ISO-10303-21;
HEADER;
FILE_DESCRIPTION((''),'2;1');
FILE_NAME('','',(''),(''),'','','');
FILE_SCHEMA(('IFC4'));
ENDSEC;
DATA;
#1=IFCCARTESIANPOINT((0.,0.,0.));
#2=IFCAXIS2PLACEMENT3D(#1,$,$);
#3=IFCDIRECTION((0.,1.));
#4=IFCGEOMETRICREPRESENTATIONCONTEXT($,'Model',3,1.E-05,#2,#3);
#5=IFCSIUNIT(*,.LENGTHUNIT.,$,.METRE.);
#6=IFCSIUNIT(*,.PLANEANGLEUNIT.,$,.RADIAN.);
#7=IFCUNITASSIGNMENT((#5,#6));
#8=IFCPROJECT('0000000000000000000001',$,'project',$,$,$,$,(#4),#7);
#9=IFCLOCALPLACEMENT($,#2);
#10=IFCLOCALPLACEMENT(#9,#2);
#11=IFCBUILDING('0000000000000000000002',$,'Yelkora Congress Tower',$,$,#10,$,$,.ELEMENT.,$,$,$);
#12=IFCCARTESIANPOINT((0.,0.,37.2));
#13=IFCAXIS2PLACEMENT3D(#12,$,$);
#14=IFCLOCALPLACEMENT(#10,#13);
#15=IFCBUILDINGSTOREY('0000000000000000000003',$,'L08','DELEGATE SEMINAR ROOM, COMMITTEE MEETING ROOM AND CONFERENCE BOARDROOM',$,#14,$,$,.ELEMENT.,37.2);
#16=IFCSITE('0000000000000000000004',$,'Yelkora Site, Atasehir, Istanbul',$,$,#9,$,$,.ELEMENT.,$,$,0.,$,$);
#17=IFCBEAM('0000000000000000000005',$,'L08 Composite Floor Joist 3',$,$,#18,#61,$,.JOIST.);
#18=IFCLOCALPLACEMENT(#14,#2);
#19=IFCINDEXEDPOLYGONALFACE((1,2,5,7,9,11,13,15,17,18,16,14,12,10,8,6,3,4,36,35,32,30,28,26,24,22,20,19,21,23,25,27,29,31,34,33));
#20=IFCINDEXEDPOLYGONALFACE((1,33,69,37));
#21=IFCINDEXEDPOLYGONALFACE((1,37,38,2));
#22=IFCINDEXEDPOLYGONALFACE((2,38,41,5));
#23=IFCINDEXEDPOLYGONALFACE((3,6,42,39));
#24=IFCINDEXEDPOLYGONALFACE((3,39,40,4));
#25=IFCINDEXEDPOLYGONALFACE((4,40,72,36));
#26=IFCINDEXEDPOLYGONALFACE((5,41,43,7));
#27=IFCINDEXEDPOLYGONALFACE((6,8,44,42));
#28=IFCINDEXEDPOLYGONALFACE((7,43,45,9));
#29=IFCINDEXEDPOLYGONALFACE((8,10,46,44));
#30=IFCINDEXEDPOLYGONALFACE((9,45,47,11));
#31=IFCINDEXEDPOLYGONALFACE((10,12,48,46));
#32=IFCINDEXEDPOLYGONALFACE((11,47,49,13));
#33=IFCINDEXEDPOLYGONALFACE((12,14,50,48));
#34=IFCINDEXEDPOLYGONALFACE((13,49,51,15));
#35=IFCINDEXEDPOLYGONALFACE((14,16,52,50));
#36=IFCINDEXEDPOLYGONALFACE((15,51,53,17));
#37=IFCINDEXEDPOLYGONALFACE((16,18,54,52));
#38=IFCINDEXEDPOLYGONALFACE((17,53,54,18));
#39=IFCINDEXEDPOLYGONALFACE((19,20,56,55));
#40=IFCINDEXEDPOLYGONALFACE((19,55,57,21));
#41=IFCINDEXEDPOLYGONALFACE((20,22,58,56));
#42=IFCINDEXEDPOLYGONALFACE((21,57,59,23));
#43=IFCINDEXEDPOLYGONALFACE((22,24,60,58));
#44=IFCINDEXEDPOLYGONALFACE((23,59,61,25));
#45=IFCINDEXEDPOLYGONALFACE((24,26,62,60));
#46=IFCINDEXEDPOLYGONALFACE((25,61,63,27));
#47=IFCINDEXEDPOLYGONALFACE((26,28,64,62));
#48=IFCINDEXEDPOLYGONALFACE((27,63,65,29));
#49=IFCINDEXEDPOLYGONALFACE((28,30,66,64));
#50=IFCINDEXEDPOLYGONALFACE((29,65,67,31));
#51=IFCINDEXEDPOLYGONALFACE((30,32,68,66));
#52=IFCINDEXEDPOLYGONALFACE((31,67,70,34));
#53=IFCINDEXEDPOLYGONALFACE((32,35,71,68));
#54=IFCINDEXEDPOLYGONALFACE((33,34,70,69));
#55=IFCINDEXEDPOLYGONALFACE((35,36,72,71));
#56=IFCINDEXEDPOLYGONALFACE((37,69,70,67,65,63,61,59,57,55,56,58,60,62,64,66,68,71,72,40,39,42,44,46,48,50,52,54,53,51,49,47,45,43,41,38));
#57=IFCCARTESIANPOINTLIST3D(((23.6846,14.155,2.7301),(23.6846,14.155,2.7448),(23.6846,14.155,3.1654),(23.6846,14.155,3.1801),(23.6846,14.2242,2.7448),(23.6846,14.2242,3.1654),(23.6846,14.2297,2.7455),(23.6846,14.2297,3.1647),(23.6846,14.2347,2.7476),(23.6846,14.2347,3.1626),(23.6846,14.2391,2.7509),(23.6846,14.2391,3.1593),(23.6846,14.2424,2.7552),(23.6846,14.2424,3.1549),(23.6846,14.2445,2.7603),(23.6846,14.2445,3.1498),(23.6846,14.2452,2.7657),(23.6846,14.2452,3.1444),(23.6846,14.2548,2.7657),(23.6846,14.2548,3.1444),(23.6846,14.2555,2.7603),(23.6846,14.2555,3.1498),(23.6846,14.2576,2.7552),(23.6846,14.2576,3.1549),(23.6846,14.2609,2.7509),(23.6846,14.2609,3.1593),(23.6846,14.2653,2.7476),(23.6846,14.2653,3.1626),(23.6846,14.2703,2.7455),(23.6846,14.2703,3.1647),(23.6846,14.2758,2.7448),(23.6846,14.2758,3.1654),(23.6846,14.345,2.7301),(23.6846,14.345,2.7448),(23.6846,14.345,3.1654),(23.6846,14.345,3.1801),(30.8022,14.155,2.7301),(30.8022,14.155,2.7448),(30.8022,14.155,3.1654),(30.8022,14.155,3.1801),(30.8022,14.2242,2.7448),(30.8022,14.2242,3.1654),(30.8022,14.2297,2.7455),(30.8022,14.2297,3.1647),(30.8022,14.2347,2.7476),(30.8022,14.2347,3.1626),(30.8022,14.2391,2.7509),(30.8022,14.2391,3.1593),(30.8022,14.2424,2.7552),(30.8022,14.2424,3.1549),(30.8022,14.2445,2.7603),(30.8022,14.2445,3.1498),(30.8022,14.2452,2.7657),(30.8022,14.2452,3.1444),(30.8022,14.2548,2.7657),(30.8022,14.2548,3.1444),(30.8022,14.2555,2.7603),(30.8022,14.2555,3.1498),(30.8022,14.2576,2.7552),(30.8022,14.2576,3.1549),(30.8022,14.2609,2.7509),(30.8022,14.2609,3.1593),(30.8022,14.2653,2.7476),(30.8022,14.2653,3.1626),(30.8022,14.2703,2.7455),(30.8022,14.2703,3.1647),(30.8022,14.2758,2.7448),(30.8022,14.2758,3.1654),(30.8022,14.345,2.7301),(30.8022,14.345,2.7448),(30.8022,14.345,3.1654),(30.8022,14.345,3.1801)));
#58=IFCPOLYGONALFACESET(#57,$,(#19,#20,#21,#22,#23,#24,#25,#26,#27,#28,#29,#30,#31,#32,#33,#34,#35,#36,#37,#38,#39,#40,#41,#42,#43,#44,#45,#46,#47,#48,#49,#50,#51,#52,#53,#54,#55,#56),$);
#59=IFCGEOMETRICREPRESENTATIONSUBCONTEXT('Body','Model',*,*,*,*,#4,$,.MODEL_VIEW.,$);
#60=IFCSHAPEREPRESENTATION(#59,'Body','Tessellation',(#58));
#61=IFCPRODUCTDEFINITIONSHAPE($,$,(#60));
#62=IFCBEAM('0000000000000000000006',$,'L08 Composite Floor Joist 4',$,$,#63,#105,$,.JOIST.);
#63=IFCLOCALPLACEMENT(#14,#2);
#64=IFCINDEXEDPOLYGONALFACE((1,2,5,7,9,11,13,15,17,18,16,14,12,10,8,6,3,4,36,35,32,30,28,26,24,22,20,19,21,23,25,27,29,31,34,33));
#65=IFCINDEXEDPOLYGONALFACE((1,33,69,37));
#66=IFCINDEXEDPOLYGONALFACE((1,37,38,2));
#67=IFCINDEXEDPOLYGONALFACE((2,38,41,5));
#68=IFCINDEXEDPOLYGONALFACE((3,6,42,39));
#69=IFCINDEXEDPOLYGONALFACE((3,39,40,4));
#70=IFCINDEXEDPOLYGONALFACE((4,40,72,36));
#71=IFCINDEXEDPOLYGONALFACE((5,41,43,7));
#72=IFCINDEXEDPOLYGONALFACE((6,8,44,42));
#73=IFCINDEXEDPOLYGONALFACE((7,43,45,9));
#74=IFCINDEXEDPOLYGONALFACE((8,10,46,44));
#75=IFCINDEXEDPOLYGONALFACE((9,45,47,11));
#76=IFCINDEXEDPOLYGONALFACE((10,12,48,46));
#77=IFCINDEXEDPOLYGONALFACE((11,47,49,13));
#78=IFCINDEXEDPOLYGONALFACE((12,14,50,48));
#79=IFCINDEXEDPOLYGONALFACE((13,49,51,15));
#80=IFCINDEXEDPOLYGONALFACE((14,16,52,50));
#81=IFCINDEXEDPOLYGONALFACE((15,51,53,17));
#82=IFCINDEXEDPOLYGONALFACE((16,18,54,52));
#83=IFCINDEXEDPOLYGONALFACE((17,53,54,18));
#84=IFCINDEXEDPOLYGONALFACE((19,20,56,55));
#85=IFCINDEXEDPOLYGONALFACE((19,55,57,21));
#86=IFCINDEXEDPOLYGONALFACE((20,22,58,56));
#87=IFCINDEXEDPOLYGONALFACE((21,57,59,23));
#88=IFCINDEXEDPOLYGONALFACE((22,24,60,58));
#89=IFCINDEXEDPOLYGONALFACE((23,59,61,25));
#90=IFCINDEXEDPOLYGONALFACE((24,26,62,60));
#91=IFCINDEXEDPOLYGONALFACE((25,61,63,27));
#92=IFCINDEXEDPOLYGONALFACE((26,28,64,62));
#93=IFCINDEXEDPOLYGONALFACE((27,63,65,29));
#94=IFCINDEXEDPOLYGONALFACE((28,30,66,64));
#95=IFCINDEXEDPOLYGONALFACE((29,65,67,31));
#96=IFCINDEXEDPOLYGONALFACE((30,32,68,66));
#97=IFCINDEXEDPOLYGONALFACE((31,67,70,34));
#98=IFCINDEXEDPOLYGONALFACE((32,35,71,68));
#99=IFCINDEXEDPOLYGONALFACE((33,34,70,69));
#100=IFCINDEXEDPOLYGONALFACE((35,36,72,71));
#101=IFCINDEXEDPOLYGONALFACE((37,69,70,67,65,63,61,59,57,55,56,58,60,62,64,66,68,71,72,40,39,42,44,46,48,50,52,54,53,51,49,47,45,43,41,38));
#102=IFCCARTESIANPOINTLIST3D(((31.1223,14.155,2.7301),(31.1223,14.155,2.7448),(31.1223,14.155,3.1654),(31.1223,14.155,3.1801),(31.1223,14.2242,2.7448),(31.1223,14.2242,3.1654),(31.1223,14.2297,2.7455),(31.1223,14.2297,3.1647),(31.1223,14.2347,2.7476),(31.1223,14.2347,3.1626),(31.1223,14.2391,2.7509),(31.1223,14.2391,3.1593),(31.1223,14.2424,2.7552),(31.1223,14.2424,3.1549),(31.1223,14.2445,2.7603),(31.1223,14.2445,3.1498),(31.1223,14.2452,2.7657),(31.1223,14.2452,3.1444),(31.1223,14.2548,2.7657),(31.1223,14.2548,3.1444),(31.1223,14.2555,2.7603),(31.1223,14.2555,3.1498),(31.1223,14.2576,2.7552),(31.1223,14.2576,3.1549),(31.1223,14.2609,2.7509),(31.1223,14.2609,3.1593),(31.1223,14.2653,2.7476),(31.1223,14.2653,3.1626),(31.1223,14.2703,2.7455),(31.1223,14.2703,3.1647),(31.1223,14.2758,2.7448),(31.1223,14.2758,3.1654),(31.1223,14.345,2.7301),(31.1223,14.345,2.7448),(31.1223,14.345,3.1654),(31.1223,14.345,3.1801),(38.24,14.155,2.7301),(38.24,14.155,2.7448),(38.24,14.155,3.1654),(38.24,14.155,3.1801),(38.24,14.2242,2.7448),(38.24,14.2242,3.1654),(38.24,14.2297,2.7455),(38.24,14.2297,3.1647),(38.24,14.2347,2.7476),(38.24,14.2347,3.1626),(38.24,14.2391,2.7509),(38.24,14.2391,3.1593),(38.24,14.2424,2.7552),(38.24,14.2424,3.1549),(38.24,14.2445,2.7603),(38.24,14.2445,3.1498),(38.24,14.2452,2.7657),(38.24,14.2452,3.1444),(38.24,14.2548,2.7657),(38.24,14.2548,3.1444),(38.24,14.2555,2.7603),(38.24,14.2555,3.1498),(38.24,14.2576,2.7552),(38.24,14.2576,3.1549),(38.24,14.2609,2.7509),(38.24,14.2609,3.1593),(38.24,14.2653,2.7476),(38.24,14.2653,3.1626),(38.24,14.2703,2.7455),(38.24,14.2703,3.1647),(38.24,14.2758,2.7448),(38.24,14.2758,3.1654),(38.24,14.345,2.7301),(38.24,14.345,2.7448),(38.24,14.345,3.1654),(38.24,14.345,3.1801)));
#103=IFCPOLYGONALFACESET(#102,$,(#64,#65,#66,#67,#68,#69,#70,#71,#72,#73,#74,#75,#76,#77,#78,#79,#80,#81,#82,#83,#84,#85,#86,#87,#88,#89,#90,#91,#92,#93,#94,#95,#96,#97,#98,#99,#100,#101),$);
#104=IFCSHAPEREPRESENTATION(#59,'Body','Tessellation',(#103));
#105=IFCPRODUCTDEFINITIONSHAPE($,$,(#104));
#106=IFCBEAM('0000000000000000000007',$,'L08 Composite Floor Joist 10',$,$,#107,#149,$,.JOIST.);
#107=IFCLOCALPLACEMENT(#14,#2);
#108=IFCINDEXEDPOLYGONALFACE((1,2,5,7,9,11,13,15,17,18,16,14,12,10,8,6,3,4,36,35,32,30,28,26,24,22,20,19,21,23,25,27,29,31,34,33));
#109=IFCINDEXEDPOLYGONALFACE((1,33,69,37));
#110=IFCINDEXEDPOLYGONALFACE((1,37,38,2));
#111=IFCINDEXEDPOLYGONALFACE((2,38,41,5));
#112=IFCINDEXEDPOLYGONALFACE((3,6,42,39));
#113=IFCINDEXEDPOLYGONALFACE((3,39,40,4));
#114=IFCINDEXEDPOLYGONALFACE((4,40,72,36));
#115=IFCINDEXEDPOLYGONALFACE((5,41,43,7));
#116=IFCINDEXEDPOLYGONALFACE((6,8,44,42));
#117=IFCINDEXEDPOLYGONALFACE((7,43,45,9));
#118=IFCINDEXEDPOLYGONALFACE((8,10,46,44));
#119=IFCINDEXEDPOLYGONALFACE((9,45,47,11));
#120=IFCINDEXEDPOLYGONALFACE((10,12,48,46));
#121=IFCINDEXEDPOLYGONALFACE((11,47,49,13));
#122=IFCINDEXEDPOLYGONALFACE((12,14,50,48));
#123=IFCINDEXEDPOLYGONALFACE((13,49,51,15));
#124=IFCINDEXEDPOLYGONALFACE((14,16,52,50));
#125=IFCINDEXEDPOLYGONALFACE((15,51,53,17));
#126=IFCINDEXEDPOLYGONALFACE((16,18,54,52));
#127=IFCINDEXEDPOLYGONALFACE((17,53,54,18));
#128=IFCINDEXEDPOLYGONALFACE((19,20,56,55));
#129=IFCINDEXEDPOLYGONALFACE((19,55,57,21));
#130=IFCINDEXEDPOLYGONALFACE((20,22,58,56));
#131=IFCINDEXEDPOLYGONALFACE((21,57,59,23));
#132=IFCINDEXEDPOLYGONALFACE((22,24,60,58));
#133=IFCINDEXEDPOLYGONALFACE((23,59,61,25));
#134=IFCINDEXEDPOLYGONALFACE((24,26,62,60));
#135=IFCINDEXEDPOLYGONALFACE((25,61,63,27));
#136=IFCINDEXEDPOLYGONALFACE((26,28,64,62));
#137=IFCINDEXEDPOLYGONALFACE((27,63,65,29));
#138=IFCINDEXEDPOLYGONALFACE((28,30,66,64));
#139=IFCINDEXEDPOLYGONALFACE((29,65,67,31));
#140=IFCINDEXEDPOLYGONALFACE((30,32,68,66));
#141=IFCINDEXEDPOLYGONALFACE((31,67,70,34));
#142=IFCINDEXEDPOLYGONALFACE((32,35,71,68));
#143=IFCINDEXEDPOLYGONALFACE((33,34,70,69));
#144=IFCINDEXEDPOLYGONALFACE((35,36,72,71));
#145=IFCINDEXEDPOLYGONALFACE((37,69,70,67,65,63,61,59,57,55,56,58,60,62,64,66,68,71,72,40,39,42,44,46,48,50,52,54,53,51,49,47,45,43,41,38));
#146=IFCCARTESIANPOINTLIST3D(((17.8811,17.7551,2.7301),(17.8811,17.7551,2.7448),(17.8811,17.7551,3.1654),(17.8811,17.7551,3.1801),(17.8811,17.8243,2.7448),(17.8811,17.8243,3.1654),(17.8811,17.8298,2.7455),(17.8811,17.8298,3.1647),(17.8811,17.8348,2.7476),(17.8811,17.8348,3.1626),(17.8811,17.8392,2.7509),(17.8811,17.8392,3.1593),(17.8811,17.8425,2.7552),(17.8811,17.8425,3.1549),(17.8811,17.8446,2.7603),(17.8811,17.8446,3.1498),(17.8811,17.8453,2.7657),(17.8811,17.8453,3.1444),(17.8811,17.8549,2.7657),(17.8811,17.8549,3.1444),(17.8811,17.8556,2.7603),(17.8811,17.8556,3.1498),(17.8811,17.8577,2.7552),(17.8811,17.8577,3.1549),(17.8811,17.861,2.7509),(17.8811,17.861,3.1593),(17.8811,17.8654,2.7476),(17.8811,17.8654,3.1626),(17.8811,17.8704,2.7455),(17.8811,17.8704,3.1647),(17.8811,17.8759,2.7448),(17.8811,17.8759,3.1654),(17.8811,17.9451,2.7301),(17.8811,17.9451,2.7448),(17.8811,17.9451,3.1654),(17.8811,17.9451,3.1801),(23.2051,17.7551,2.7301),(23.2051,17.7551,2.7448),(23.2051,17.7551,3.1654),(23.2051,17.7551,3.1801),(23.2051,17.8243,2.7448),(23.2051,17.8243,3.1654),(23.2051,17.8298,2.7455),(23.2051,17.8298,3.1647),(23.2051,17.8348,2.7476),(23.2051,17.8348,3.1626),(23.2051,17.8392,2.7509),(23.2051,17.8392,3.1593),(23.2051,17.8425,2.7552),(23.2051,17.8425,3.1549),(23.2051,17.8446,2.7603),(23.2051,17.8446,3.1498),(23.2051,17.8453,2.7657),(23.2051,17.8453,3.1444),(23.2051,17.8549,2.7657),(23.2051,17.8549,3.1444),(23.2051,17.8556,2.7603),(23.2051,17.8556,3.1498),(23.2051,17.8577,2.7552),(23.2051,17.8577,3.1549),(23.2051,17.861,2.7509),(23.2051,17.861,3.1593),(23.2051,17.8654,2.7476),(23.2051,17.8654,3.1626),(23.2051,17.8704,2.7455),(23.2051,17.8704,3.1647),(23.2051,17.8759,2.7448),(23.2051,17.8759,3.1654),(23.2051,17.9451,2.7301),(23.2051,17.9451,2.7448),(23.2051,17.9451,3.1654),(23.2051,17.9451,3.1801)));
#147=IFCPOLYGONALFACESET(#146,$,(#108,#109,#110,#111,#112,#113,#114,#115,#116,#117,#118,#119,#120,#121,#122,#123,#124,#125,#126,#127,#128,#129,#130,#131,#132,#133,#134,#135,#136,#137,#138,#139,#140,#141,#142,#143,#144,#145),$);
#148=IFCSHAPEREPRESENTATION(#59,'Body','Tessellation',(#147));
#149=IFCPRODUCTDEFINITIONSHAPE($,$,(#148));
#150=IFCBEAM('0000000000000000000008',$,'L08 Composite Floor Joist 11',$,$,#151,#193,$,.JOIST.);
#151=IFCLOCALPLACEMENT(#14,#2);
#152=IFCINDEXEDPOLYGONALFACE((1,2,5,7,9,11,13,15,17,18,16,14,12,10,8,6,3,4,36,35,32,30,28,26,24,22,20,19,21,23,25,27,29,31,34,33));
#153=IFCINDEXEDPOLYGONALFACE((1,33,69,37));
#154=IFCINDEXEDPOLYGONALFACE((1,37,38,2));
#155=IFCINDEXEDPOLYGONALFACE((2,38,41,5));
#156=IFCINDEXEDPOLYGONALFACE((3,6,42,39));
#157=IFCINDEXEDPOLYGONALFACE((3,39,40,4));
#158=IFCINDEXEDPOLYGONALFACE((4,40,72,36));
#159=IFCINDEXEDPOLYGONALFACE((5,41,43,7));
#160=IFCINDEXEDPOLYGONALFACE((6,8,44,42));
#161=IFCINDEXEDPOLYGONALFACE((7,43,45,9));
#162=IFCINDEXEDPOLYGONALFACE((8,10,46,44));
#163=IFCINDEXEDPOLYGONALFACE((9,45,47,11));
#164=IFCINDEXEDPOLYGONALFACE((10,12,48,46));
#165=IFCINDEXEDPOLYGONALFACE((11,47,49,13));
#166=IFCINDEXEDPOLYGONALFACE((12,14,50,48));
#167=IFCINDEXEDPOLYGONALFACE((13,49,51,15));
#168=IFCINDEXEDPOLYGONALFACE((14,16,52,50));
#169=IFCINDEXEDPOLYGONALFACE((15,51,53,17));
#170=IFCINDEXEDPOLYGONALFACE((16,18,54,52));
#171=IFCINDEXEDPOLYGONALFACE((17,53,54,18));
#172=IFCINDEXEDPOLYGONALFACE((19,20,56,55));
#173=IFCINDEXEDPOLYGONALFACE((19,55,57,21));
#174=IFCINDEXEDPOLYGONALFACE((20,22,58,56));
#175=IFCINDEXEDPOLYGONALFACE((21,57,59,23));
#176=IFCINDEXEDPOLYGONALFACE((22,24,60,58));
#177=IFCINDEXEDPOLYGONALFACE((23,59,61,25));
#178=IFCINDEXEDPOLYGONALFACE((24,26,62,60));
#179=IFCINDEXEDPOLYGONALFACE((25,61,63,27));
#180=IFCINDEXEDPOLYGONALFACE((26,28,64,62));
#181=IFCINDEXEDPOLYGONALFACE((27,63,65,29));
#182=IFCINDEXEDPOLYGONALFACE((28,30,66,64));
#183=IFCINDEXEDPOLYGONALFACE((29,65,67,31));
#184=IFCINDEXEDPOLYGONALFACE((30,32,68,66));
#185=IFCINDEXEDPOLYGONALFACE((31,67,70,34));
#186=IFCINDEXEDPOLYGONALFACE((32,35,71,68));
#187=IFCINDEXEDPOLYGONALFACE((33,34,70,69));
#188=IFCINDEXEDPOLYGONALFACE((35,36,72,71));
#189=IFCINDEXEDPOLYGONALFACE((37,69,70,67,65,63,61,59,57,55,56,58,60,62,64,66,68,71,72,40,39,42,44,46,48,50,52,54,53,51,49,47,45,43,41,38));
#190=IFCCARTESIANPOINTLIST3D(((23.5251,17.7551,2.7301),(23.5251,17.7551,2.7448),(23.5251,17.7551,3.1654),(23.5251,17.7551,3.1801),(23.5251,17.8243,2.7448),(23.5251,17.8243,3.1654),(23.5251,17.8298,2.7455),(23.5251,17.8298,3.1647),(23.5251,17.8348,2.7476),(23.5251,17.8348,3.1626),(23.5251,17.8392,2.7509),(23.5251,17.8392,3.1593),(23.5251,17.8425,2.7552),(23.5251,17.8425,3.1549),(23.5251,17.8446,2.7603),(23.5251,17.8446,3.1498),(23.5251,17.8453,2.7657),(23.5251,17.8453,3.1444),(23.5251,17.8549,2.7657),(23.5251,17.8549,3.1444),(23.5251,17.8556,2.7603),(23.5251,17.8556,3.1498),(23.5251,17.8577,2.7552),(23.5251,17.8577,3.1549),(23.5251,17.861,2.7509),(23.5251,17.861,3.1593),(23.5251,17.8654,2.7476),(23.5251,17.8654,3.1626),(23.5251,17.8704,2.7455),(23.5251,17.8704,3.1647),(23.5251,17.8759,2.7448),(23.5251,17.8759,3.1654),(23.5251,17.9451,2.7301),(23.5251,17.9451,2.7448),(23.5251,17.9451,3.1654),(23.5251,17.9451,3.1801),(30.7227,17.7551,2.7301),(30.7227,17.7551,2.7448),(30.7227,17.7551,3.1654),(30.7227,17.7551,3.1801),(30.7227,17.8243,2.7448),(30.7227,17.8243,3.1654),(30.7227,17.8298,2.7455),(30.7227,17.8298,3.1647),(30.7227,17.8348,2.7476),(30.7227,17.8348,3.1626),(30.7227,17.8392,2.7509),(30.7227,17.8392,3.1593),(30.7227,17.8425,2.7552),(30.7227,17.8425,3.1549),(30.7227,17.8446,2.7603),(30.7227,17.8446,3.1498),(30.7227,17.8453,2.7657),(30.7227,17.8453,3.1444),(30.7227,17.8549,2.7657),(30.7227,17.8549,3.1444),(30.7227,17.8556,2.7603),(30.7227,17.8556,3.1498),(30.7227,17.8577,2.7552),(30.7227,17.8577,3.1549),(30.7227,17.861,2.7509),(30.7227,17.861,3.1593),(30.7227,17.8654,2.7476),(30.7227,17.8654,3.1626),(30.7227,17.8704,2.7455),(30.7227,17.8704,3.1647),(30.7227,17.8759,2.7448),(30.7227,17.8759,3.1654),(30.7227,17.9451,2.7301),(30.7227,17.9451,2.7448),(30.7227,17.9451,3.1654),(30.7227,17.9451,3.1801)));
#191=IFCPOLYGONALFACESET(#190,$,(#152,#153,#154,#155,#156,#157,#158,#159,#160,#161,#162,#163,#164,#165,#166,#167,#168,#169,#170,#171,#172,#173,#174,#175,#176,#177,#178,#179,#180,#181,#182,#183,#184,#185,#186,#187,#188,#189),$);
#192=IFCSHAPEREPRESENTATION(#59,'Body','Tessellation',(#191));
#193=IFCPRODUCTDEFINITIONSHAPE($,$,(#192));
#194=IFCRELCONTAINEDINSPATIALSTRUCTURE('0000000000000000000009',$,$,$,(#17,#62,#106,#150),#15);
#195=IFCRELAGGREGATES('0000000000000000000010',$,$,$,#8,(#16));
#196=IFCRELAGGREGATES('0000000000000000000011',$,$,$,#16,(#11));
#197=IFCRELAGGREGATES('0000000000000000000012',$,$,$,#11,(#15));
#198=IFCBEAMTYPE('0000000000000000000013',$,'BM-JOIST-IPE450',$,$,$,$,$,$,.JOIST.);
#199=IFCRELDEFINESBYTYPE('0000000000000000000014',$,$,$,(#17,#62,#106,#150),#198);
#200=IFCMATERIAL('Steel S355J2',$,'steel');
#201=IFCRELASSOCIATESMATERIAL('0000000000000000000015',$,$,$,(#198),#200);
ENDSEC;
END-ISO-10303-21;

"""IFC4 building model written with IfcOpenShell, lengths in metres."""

from ifc_helpers import new_model, si_unit, direction, frame, origin, origin_2d, place, context, subcontext, project, spatial, i_section, extrude, material, material_profile, profile_set, type_object, element, save


model = new_model("IFC4")

# Units and contexts
model_context = context("Model", 3, precision=1e-05, world=origin(), true_north=direction((0.0, 1.0)))
body_context = subcontext(model_context, "Body", "Model", "MODEL_VIEW")
ifc_project = project(units=[si_unit("LENGTHUNIT", "METRE"), si_unit("PLANEANGLEUNIT", "RADIAN")], contexts=[model_context])

# Site, building, storey
site_placement = place(None, origin())
site = spatial("IfcSite", under=ifc_project, at=site_placement, Name="Yelkora Site, Atasehir, Istanbul", CompositionType="ELEMENT", RefElevation=0.0)
building_placement = place(site_placement, origin())
building = spatial("IfcBuilding", under=site, at=building_placement, Name="Yelkora Congress Tower", CompositionType="ELEMENT")
storey_placement = place(building_placement, frame((0.0, 0.0, 37.2)))
storey = spatial("IfcBuildingStorey", under=building, at=storey_placement, Name="L08", Description="DELEGATE SEMINAR ROOM, COMMITTEE MEETING ROOM AND CONFERENCE BOARDROOM", CompositionType="ELEMENT", Elevation=37.2)

# Beams
ifc_material_1 = material(Name="Steel S355J2", Category="steel")
ifc_material_profile_1 = material_profile(ifc_material_1, i_section(OverallWidth=0.1899, OverallDepth=0.45, WebThickness=0.0095, FlangeThickness=0.0146, FilletRadius=0.021, at=origin_2d()), Name="IPE 450")
ifc_profile_set_1 = profile_set([ifc_material_profile_1], Name="Steel S355J2")
beam_type_1 = type_object("IfcBeamType", Name="BM-JOIST-IPE450", PredefinedType="JOIST", material=ifc_profile_set_1)
for number, where, z_axis, x_axis, name in (
    (1, (23.6846, 14.25, 2.9551), (1.0, 0.0, 0.0), (0.0, 1.0, 0.0), "L08 Composite Floor Joist 3"),
    (2, (31.1223, 14.25, 2.9551), (1.0, 0.0, 0.0), (0.0, 1.0, 0.0), "L08 Composite Floor Joist 4"),
):
    element("IfcBeam", number, at=place(storey_placement, frame(where, z_axis=z_axis, x_axis=x_axis)), inside=storey, type_object=beam_type_1, Name=name, PredefinedType="JOIST", context=body_context, shape_type="SweptSolid", body=[
        extrude(i_section(OverallWidth=0.1899, OverallDepth=0.45, WebThickness=0.0095, FlangeThickness=0.0146, FilletRadius=0.021, at=origin_2d()), origin(), (0.0, 0.0, 1.0), 7.1177),
    ])
beam_1_placement = place(storey_placement, frame((17.8811, 17.8501, 2.9551), z_axis=(1.0, 0.0, 0.0), x_axis=(0.0, 1.0, 0.0)))
element("IfcBeam", 3, at=beam_1_placement, inside=storey, type_object=beam_type_1, Name="L08 Composite Floor Joist 10", PredefinedType="JOIST", context=body_context, shape_type="SweptSolid", body=[
    extrude(i_section(OverallWidth=0.1899, OverallDepth=0.45, WebThickness=0.0095, FlangeThickness=0.0146, FilletRadius=0.021, at=origin_2d()), origin(), (0.0, 0.0, 1.0), 5.324),
])
for number, where, z_axis, x_axis, name in (
    (4, (23.5251, 17.8501, 2.9551), (1.0, 0.0, 0.0), (0.0, 1.0, 0.0), "L08 Composite Floor Joist 11"),
):
    element("IfcBeam", number, at=place(storey_placement, frame(where, z_axis=z_axis, x_axis=x_axis)), inside=storey, type_object=beam_type_1, Name=name, PredefinedType="JOIST", context=body_context, shape_type="SweptSolid", body=[
        extrude(i_section(OverallWidth=0.1899, OverallDepth=0.45, WebThickness=0.0095, FlangeThickness=0.0146, FilletRadius=0.021, at=origin_2d()), origin(), (0.0, 0.0, 1.0), 7.1975),
    ])

save(model, "model.ifc")
